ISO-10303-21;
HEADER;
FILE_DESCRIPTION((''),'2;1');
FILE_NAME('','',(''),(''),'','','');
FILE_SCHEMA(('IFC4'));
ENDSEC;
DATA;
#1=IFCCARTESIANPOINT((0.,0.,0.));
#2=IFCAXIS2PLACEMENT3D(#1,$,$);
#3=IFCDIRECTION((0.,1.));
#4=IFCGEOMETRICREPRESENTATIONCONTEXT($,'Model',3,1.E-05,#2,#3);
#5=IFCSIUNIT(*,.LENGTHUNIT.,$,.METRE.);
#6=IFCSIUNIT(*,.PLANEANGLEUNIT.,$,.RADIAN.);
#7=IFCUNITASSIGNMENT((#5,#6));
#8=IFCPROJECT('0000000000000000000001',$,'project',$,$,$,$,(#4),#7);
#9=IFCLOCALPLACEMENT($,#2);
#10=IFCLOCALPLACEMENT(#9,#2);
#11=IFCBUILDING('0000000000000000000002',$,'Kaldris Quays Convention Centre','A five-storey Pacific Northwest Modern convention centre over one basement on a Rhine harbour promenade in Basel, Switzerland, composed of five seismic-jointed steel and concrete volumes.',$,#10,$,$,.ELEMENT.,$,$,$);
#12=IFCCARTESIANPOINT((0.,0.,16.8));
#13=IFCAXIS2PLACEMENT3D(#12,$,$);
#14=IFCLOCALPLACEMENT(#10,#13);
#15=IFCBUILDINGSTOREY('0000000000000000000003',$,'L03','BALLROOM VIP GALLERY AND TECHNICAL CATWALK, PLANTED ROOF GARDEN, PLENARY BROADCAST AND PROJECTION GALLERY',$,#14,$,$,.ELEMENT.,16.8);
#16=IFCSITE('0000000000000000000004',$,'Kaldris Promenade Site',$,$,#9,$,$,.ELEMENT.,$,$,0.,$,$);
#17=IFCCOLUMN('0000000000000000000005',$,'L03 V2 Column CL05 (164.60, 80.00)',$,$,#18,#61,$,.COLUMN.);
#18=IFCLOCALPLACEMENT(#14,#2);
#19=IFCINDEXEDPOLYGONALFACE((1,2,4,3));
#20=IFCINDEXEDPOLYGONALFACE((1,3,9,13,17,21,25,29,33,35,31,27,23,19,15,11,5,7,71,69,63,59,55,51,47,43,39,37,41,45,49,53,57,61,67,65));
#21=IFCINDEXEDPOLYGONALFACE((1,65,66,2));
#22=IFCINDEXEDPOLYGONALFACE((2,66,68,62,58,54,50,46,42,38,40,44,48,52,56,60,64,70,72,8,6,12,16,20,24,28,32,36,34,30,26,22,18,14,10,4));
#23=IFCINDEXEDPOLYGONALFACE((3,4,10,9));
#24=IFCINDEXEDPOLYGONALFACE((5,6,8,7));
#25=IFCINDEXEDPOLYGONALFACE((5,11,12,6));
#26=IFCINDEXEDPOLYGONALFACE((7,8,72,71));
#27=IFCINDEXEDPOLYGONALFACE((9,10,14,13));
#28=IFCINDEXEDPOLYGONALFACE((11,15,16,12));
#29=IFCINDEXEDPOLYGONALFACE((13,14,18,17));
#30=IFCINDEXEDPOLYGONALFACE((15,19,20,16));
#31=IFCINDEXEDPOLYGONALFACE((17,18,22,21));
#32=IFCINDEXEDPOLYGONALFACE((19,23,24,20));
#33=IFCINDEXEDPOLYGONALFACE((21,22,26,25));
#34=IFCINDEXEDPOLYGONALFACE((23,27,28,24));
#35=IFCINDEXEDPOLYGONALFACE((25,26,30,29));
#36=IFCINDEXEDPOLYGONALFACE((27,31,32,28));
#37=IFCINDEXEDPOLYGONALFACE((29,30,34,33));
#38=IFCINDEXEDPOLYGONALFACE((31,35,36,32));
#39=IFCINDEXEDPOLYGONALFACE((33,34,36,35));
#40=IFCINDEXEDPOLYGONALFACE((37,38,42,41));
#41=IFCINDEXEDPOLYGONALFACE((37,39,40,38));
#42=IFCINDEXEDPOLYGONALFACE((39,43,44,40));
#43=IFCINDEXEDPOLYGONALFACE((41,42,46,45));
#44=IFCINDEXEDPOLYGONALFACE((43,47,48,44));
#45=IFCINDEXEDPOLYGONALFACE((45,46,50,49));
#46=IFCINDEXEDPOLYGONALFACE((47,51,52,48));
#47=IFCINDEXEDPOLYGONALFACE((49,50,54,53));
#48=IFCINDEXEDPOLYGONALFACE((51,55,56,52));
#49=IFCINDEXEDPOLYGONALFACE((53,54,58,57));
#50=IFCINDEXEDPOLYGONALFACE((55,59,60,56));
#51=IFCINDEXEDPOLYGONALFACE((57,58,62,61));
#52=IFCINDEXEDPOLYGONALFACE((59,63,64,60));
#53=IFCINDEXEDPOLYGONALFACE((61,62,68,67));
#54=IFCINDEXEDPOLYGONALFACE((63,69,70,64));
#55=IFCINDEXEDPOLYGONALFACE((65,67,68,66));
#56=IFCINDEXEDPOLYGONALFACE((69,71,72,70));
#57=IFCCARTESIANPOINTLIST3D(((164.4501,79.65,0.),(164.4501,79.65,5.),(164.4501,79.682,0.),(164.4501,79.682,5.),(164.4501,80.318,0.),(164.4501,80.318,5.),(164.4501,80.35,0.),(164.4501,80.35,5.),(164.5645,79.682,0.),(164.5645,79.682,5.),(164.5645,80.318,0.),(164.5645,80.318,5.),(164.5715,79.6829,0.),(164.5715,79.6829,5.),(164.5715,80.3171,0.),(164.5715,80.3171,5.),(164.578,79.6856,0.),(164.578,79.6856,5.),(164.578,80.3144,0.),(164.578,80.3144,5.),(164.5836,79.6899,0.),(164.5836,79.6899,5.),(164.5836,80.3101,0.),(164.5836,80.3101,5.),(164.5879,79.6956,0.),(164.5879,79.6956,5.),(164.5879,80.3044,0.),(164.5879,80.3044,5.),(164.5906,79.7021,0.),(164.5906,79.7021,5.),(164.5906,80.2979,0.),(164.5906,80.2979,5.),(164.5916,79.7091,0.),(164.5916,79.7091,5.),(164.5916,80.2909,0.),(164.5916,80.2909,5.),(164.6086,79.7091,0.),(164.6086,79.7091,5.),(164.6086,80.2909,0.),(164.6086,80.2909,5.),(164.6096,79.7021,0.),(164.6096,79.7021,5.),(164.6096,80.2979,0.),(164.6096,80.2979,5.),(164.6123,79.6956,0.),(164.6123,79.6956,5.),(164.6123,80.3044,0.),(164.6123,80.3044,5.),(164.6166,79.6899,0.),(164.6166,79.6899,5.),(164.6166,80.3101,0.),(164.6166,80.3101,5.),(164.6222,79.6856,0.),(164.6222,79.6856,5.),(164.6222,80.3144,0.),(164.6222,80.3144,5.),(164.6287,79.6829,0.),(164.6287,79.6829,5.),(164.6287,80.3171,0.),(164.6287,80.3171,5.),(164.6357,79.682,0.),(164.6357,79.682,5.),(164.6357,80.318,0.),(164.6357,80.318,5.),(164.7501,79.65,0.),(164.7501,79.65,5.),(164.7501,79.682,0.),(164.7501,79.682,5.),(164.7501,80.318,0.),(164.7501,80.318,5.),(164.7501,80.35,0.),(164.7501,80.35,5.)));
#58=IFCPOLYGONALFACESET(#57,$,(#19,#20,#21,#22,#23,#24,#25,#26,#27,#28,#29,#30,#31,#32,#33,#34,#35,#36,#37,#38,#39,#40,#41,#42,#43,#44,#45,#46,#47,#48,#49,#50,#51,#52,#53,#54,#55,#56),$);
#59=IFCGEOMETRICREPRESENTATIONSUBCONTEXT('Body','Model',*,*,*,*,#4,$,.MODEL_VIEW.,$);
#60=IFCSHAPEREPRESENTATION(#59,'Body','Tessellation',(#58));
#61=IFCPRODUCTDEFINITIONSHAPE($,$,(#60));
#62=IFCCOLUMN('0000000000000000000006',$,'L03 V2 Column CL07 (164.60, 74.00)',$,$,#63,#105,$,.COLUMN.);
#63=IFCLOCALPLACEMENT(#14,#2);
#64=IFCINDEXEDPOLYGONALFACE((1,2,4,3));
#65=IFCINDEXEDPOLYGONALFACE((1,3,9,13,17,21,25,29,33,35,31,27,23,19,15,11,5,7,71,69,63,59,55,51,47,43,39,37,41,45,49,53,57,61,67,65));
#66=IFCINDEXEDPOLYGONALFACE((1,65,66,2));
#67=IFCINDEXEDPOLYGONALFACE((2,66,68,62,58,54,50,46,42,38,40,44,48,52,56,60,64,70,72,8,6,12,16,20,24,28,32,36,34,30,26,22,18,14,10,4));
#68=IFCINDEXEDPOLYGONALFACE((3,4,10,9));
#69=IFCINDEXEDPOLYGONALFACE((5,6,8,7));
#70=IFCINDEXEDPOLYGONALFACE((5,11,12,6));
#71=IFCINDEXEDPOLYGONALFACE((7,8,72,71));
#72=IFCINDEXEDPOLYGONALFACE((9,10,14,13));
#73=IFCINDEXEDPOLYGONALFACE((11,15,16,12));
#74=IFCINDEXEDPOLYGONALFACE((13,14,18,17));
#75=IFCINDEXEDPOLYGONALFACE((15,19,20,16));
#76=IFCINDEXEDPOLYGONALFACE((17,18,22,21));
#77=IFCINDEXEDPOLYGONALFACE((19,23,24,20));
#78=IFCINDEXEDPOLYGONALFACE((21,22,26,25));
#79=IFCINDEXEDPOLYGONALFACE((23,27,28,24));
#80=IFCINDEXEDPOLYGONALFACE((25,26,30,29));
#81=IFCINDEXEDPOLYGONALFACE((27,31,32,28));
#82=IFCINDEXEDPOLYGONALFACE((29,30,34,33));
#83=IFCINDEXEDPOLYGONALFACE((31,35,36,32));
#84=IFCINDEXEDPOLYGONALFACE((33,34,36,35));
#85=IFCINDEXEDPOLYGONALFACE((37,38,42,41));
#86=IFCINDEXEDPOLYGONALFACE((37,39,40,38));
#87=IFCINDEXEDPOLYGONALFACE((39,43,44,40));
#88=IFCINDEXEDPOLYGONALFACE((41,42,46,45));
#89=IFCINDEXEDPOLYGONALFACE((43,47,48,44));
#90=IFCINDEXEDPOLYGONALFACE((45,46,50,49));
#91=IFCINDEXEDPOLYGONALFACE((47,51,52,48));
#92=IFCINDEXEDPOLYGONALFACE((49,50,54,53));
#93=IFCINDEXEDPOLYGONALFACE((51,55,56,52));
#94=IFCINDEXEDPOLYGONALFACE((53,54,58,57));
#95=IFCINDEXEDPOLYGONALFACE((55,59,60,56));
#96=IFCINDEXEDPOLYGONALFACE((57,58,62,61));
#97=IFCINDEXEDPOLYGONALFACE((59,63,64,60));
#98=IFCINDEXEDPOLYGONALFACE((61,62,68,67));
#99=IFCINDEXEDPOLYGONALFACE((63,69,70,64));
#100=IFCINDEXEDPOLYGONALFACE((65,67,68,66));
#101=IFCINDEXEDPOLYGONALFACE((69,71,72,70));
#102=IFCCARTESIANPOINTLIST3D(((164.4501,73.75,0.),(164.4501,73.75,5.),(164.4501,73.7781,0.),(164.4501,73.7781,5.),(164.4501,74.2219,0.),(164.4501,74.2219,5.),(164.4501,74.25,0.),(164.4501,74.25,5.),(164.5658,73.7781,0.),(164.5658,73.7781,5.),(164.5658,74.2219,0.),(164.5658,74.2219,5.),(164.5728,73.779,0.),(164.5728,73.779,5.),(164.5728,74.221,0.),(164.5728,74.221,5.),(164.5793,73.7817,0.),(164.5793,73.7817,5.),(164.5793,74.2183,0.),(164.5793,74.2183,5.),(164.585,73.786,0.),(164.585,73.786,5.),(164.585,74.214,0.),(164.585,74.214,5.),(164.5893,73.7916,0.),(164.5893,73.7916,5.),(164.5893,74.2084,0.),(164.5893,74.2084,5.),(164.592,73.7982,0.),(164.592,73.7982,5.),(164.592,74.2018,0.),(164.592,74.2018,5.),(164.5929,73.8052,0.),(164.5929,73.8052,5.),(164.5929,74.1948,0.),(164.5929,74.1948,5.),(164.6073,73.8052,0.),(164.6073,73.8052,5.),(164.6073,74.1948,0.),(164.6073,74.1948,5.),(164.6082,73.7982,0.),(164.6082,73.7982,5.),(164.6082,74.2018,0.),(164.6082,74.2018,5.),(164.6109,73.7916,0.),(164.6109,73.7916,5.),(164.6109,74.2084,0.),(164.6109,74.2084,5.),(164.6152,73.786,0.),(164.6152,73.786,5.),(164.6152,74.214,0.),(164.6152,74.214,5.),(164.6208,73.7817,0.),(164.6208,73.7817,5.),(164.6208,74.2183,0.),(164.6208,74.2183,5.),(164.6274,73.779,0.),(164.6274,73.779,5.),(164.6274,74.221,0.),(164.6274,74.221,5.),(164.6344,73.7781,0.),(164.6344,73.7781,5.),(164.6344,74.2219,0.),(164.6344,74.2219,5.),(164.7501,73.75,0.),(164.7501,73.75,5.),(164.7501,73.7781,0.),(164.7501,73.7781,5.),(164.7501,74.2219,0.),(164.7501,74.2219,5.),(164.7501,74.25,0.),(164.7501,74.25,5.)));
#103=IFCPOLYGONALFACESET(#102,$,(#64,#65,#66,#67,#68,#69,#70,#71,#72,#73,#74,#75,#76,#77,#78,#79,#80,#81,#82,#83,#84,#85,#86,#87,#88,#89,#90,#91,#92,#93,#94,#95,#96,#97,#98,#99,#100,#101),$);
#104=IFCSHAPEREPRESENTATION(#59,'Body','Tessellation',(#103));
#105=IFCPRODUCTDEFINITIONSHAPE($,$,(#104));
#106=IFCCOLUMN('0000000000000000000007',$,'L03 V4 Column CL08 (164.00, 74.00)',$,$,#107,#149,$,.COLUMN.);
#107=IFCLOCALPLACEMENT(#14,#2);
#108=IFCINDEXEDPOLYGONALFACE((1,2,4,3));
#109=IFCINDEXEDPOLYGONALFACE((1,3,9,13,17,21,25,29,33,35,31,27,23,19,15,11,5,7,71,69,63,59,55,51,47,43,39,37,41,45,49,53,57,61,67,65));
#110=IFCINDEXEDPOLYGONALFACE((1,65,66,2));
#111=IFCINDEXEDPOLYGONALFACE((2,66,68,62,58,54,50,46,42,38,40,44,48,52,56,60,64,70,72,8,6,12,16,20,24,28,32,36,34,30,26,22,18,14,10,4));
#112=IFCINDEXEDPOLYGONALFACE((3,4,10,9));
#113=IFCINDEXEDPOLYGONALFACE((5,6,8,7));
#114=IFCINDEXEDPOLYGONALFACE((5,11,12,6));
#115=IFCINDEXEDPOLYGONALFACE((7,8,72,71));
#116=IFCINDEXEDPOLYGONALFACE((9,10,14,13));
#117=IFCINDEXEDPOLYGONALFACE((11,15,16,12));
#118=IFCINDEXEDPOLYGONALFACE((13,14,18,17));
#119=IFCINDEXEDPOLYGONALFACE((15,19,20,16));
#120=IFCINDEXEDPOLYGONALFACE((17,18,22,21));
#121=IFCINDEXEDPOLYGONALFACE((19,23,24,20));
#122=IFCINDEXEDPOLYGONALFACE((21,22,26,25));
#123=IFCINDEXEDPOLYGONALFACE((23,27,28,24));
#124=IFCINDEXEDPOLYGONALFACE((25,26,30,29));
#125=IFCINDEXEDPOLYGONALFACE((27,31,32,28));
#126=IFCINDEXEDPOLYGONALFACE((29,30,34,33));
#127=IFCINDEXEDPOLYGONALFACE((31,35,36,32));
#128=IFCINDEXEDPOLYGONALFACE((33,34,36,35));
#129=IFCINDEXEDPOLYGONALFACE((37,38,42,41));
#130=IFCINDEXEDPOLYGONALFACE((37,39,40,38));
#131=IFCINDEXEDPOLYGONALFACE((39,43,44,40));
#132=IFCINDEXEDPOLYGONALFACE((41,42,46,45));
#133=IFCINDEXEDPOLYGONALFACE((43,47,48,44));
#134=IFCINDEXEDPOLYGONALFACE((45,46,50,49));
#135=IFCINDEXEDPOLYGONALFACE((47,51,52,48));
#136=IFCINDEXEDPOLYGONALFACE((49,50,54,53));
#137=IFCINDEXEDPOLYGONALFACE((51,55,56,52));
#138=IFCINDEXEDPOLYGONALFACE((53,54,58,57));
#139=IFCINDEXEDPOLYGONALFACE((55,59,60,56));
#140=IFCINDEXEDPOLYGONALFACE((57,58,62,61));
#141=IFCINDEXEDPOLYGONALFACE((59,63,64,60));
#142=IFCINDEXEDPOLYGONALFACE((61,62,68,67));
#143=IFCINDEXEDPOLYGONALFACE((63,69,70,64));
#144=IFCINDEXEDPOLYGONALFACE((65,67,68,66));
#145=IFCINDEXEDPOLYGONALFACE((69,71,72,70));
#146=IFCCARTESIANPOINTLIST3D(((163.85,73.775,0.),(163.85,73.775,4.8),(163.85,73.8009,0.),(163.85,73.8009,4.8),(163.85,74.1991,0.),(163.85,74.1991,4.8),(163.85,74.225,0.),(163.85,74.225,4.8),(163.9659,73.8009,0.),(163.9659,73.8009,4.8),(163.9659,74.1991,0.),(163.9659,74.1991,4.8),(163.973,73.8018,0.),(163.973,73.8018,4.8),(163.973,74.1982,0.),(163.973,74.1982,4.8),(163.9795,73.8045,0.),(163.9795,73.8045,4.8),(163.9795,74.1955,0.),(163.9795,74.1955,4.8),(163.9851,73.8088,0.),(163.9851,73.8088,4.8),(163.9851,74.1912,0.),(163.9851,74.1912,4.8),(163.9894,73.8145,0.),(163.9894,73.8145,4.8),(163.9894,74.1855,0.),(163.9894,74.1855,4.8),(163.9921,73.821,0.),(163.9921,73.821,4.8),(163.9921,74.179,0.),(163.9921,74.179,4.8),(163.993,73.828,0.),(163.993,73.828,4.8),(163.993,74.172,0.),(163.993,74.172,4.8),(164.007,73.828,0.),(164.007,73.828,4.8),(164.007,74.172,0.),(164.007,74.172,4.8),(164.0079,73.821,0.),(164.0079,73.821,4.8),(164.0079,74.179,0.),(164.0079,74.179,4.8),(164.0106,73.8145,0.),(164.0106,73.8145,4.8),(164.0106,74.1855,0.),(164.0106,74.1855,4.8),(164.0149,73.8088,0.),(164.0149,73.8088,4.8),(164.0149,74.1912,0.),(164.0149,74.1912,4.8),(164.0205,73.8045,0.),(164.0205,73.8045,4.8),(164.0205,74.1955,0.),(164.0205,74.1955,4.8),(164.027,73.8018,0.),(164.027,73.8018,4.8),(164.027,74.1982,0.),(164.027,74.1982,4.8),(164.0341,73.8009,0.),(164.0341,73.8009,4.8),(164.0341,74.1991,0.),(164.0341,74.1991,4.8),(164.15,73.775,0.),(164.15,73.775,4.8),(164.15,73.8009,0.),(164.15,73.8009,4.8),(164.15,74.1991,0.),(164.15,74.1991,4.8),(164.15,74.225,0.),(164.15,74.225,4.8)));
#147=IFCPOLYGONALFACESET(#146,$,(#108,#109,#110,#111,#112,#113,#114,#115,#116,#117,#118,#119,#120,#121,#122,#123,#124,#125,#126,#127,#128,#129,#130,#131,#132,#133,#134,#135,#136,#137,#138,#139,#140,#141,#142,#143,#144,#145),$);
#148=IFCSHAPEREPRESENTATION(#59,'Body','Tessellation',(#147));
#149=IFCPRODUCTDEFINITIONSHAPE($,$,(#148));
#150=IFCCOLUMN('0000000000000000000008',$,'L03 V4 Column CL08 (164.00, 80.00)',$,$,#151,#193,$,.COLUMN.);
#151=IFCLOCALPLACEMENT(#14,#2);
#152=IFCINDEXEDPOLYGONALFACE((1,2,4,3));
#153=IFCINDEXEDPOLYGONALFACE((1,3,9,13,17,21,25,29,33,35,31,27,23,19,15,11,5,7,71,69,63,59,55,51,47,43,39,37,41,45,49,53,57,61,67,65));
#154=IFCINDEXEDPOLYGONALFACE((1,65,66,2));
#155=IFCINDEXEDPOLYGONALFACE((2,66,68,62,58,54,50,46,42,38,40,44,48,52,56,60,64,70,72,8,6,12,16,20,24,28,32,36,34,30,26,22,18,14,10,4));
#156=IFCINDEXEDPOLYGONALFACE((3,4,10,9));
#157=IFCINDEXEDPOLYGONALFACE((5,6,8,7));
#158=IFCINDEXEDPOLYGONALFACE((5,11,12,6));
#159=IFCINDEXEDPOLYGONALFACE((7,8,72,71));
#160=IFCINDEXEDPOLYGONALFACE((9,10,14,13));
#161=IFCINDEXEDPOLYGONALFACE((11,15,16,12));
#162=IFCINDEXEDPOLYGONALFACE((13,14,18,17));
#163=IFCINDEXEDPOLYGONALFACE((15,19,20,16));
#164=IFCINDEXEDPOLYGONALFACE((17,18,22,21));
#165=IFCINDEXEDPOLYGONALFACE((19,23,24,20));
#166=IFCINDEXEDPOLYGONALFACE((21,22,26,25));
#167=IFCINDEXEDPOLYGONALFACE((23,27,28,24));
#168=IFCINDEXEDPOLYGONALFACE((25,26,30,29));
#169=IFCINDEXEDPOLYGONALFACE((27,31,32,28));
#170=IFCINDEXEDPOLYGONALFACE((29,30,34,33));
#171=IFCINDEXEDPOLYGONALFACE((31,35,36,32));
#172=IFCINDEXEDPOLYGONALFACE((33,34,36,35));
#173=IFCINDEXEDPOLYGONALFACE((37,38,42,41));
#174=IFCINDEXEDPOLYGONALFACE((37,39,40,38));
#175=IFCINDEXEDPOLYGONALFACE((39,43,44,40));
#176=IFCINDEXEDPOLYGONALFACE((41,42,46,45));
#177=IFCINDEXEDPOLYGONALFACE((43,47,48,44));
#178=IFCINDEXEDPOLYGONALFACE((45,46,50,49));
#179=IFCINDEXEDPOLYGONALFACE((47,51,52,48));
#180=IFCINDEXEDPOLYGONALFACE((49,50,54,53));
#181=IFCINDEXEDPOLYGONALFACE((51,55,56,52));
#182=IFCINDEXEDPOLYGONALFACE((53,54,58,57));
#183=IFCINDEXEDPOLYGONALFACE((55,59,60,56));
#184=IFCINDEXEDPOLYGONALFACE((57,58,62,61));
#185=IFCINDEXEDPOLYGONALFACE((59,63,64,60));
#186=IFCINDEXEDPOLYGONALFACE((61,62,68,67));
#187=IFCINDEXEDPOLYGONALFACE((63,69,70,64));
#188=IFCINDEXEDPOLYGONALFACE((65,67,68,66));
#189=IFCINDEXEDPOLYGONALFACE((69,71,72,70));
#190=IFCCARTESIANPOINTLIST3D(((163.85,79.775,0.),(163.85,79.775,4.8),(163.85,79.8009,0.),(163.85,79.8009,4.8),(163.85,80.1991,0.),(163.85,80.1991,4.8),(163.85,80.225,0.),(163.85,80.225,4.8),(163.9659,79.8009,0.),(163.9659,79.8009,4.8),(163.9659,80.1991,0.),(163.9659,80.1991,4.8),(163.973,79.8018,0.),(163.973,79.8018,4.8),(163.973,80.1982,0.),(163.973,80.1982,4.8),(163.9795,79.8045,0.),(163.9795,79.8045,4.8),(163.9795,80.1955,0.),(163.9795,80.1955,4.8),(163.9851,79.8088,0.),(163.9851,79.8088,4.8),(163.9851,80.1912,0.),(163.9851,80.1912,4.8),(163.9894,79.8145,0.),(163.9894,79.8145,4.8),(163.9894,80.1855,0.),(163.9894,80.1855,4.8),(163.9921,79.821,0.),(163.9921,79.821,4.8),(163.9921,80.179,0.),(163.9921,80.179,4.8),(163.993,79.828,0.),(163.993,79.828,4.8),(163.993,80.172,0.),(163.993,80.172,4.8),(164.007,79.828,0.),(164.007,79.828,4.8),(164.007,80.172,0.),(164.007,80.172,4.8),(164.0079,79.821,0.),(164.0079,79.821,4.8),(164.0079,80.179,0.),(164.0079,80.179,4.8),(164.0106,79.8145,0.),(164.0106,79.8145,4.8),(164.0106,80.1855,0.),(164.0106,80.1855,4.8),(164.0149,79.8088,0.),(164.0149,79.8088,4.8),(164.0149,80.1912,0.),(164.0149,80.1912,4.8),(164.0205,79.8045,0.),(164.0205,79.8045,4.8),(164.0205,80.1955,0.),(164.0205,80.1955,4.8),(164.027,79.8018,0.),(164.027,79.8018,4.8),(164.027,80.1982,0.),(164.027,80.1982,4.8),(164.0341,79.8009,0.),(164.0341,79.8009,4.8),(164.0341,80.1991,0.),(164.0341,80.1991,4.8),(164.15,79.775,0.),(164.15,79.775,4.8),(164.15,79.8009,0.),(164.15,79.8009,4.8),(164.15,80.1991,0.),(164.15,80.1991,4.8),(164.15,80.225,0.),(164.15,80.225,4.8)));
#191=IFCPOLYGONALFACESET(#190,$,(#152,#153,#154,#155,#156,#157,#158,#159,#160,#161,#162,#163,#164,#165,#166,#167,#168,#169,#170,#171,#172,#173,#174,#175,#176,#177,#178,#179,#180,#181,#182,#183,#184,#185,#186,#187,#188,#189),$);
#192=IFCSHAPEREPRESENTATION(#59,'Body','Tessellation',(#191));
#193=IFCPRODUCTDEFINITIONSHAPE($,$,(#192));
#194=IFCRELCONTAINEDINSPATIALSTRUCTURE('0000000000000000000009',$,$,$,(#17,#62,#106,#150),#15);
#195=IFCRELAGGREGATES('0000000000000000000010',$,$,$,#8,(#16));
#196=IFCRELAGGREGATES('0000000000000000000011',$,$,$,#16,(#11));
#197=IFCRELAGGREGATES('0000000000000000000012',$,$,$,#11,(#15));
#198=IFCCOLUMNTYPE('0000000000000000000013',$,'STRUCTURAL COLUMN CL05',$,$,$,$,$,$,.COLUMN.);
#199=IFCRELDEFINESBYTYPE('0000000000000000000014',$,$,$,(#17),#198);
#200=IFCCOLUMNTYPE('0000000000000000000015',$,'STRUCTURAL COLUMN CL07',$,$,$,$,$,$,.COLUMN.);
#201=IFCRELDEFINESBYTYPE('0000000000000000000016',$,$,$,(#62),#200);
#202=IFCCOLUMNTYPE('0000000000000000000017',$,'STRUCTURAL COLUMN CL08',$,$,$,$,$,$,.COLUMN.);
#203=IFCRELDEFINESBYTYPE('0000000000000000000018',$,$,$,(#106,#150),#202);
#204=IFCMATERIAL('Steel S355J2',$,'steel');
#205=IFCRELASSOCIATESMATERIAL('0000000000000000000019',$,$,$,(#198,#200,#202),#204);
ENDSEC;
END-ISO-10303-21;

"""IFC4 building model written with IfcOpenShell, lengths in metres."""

from ifc_helpers import new_model, si_unit, direction, frame, origin, origin_2d, place, context, subcontext, project, spatial, i_section, extrude, material, material_profile, profile_set, type_object, element, save


model = new_model("IFC4")

# Units and contexts
model_context = context("Model", 3, precision=1e-05, world=origin(), true_north=direction((0.0, 1.0)))
body_context = subcontext(model_context, "Body", "Model", "MODEL_VIEW")
ifc_project = project(units=[si_unit("LENGTHUNIT", "METRE"), si_unit("PLANEANGLEUNIT", "RADIAN")], contexts=[model_context])

# Site, building, storey
site_placement = place(None, origin())
site = spatial("IfcSite", under=ifc_project, at=site_placement, Name="Kaldris Promenade Site", CompositionType="ELEMENT", RefElevation=0.0)
building_placement = place(site_placement, origin())
building = spatial("IfcBuilding", under=site, at=building_placement, Name="Kaldris Quays Convention Centre", Description="A five-storey Pacific Northwest Modern convention centre over one basement on a Rhine harbour promenade in Basel, Switzerland, composed of five seismic-jointed steel and concrete volumes.", CompositionType="ELEMENT")
storey_placement = place(building_placement, frame((0.0, 0.0, 16.8)))
storey = spatial("IfcBuildingStorey", under=building, at=storey_placement, Name="L03", Description="BALLROOM VIP GALLERY AND TECHNICAL CATWALK, PLANTED ROOF GARDEN, PLENARY BROADCAST AND PROJECTION GALLERY", CompositionType="ELEMENT", Elevation=16.8)

# Columns
ifc_material_1 = material(Name="Steel S355J2", Category="steel")
ifc_material_profile_1 = material_profile(ifc_material_1, i_section(OverallWidth=0.3, OverallDepth=0.7, WebThickness=0.0171, FlangeThickness=0.032, FilletRadius=0.0271, at=origin_2d()), Name="HEB 700")
ifc_profile_set_1 = profile_set([ifc_material_profile_1], Name="Steel S355J2")
column_type_1 = type_object("IfcColumnType", Name="STRUCTURAL COLUMN CL05", PredefinedType="COLUMN", material=ifc_profile_set_1)
column_1_placement = place(storey_placement, frame((164.6001, 80.0, 0.0), z_axis=(0.0, 0.0, 1.0), x_axis=(1.0, 0.0, 0.0)))
element("IfcColumn", 1, at=column_1_placement, inside=storey, type_object=column_type_1, Name="L03 V2 Column CL05 (164.60, 80.00)", PredefinedType="COLUMN", context=body_context, shape_type="SweptSolid", body=[
    extrude(i_section(OverallWidth=0.3, OverallDepth=0.7, WebThickness=0.0171, FlangeThickness=0.032, FilletRadius=0.0271, at=origin_2d()), origin(), (0.0, 0.0, 1.0), 5.0),
])
ifc_material_profile_2 = material_profile(ifc_material_1, i_section(OverallWidth=0.3, OverallDepth=0.5, WebThickness=0.0144, FlangeThickness=0.0281, FilletRadius=0.0271, at=origin_2d()), Name="HEB 500")
ifc_profile_set_2 = profile_set([ifc_material_profile_2], Name="Steel S355J2")
column_type_2 = type_object("IfcColumnType", Name="STRUCTURAL COLUMN CL07", PredefinedType="COLUMN", material=ifc_profile_set_2)
column_2_placement = place(storey_placement, frame((164.6001, 74.0, 0.0), z_axis=(0.0, 0.0, 1.0), x_axis=(1.0, 0.0, 0.0)))
element("IfcColumn", 2, at=column_2_placement, inside=storey, type_object=column_type_2, Name="L03 V2 Column CL07 (164.60, 74.00)", PredefinedType="COLUMN", context=body_context, shape_type="SweptSolid", body=[
    extrude(i_section(OverallWidth=0.3, OverallDepth=0.5, WebThickness=0.0144, FlangeThickness=0.0281, FilletRadius=0.0271, at=origin_2d()), origin(), (0.0, 0.0, 1.0), 5.0),
])
ifc_material_profile_3 = material_profile(ifc_material_1, i_section(OverallWidth=0.3, OverallDepth=0.45, WebThickness=0.0139, FlangeThickness=0.0259, FilletRadius=0.0271, at=origin_2d()), Name="HEB 450")
ifc_profile_set_3 = profile_set([ifc_material_profile_3], Name="Steel S355J2")
column_type_3 = type_object("IfcColumnType", Name="STRUCTURAL COLUMN CL08", PredefinedType="COLUMN", material=ifc_profile_set_3)
for number, where, z_axis, x_axis, name in (
    (3, (164.0, 74.0, 0.0), (0.0, 0.0, 1.0), (1.0, 0.0, 0.0), "L03 V4 Column CL08 (164.00, 74.00)"),
    (4, (164.0, 80.0, 0.0), (0.0, 0.0, 1.0), (1.0, 0.0, 0.0), "L03 V4 Column CL08 (164.00, 80.00)"),
):
    element("IfcColumn", number, at=place(storey_placement, frame(where, z_axis=z_axis, x_axis=x_axis)), inside=storey, type_object=column_type_3, Name=name, PredefinedType="COLUMN", context=body_context, shape_type="SweptSolid", body=[
        extrude(i_section(OverallWidth=0.3, OverallDepth=0.45, WebThickness=0.0139, FlangeThickness=0.0259, FilletRadius=0.0271, at=origin_2d()), origin(), (0.0, 0.0, 1.0), 4.8),
    ])

save(model, "model.ifc")
